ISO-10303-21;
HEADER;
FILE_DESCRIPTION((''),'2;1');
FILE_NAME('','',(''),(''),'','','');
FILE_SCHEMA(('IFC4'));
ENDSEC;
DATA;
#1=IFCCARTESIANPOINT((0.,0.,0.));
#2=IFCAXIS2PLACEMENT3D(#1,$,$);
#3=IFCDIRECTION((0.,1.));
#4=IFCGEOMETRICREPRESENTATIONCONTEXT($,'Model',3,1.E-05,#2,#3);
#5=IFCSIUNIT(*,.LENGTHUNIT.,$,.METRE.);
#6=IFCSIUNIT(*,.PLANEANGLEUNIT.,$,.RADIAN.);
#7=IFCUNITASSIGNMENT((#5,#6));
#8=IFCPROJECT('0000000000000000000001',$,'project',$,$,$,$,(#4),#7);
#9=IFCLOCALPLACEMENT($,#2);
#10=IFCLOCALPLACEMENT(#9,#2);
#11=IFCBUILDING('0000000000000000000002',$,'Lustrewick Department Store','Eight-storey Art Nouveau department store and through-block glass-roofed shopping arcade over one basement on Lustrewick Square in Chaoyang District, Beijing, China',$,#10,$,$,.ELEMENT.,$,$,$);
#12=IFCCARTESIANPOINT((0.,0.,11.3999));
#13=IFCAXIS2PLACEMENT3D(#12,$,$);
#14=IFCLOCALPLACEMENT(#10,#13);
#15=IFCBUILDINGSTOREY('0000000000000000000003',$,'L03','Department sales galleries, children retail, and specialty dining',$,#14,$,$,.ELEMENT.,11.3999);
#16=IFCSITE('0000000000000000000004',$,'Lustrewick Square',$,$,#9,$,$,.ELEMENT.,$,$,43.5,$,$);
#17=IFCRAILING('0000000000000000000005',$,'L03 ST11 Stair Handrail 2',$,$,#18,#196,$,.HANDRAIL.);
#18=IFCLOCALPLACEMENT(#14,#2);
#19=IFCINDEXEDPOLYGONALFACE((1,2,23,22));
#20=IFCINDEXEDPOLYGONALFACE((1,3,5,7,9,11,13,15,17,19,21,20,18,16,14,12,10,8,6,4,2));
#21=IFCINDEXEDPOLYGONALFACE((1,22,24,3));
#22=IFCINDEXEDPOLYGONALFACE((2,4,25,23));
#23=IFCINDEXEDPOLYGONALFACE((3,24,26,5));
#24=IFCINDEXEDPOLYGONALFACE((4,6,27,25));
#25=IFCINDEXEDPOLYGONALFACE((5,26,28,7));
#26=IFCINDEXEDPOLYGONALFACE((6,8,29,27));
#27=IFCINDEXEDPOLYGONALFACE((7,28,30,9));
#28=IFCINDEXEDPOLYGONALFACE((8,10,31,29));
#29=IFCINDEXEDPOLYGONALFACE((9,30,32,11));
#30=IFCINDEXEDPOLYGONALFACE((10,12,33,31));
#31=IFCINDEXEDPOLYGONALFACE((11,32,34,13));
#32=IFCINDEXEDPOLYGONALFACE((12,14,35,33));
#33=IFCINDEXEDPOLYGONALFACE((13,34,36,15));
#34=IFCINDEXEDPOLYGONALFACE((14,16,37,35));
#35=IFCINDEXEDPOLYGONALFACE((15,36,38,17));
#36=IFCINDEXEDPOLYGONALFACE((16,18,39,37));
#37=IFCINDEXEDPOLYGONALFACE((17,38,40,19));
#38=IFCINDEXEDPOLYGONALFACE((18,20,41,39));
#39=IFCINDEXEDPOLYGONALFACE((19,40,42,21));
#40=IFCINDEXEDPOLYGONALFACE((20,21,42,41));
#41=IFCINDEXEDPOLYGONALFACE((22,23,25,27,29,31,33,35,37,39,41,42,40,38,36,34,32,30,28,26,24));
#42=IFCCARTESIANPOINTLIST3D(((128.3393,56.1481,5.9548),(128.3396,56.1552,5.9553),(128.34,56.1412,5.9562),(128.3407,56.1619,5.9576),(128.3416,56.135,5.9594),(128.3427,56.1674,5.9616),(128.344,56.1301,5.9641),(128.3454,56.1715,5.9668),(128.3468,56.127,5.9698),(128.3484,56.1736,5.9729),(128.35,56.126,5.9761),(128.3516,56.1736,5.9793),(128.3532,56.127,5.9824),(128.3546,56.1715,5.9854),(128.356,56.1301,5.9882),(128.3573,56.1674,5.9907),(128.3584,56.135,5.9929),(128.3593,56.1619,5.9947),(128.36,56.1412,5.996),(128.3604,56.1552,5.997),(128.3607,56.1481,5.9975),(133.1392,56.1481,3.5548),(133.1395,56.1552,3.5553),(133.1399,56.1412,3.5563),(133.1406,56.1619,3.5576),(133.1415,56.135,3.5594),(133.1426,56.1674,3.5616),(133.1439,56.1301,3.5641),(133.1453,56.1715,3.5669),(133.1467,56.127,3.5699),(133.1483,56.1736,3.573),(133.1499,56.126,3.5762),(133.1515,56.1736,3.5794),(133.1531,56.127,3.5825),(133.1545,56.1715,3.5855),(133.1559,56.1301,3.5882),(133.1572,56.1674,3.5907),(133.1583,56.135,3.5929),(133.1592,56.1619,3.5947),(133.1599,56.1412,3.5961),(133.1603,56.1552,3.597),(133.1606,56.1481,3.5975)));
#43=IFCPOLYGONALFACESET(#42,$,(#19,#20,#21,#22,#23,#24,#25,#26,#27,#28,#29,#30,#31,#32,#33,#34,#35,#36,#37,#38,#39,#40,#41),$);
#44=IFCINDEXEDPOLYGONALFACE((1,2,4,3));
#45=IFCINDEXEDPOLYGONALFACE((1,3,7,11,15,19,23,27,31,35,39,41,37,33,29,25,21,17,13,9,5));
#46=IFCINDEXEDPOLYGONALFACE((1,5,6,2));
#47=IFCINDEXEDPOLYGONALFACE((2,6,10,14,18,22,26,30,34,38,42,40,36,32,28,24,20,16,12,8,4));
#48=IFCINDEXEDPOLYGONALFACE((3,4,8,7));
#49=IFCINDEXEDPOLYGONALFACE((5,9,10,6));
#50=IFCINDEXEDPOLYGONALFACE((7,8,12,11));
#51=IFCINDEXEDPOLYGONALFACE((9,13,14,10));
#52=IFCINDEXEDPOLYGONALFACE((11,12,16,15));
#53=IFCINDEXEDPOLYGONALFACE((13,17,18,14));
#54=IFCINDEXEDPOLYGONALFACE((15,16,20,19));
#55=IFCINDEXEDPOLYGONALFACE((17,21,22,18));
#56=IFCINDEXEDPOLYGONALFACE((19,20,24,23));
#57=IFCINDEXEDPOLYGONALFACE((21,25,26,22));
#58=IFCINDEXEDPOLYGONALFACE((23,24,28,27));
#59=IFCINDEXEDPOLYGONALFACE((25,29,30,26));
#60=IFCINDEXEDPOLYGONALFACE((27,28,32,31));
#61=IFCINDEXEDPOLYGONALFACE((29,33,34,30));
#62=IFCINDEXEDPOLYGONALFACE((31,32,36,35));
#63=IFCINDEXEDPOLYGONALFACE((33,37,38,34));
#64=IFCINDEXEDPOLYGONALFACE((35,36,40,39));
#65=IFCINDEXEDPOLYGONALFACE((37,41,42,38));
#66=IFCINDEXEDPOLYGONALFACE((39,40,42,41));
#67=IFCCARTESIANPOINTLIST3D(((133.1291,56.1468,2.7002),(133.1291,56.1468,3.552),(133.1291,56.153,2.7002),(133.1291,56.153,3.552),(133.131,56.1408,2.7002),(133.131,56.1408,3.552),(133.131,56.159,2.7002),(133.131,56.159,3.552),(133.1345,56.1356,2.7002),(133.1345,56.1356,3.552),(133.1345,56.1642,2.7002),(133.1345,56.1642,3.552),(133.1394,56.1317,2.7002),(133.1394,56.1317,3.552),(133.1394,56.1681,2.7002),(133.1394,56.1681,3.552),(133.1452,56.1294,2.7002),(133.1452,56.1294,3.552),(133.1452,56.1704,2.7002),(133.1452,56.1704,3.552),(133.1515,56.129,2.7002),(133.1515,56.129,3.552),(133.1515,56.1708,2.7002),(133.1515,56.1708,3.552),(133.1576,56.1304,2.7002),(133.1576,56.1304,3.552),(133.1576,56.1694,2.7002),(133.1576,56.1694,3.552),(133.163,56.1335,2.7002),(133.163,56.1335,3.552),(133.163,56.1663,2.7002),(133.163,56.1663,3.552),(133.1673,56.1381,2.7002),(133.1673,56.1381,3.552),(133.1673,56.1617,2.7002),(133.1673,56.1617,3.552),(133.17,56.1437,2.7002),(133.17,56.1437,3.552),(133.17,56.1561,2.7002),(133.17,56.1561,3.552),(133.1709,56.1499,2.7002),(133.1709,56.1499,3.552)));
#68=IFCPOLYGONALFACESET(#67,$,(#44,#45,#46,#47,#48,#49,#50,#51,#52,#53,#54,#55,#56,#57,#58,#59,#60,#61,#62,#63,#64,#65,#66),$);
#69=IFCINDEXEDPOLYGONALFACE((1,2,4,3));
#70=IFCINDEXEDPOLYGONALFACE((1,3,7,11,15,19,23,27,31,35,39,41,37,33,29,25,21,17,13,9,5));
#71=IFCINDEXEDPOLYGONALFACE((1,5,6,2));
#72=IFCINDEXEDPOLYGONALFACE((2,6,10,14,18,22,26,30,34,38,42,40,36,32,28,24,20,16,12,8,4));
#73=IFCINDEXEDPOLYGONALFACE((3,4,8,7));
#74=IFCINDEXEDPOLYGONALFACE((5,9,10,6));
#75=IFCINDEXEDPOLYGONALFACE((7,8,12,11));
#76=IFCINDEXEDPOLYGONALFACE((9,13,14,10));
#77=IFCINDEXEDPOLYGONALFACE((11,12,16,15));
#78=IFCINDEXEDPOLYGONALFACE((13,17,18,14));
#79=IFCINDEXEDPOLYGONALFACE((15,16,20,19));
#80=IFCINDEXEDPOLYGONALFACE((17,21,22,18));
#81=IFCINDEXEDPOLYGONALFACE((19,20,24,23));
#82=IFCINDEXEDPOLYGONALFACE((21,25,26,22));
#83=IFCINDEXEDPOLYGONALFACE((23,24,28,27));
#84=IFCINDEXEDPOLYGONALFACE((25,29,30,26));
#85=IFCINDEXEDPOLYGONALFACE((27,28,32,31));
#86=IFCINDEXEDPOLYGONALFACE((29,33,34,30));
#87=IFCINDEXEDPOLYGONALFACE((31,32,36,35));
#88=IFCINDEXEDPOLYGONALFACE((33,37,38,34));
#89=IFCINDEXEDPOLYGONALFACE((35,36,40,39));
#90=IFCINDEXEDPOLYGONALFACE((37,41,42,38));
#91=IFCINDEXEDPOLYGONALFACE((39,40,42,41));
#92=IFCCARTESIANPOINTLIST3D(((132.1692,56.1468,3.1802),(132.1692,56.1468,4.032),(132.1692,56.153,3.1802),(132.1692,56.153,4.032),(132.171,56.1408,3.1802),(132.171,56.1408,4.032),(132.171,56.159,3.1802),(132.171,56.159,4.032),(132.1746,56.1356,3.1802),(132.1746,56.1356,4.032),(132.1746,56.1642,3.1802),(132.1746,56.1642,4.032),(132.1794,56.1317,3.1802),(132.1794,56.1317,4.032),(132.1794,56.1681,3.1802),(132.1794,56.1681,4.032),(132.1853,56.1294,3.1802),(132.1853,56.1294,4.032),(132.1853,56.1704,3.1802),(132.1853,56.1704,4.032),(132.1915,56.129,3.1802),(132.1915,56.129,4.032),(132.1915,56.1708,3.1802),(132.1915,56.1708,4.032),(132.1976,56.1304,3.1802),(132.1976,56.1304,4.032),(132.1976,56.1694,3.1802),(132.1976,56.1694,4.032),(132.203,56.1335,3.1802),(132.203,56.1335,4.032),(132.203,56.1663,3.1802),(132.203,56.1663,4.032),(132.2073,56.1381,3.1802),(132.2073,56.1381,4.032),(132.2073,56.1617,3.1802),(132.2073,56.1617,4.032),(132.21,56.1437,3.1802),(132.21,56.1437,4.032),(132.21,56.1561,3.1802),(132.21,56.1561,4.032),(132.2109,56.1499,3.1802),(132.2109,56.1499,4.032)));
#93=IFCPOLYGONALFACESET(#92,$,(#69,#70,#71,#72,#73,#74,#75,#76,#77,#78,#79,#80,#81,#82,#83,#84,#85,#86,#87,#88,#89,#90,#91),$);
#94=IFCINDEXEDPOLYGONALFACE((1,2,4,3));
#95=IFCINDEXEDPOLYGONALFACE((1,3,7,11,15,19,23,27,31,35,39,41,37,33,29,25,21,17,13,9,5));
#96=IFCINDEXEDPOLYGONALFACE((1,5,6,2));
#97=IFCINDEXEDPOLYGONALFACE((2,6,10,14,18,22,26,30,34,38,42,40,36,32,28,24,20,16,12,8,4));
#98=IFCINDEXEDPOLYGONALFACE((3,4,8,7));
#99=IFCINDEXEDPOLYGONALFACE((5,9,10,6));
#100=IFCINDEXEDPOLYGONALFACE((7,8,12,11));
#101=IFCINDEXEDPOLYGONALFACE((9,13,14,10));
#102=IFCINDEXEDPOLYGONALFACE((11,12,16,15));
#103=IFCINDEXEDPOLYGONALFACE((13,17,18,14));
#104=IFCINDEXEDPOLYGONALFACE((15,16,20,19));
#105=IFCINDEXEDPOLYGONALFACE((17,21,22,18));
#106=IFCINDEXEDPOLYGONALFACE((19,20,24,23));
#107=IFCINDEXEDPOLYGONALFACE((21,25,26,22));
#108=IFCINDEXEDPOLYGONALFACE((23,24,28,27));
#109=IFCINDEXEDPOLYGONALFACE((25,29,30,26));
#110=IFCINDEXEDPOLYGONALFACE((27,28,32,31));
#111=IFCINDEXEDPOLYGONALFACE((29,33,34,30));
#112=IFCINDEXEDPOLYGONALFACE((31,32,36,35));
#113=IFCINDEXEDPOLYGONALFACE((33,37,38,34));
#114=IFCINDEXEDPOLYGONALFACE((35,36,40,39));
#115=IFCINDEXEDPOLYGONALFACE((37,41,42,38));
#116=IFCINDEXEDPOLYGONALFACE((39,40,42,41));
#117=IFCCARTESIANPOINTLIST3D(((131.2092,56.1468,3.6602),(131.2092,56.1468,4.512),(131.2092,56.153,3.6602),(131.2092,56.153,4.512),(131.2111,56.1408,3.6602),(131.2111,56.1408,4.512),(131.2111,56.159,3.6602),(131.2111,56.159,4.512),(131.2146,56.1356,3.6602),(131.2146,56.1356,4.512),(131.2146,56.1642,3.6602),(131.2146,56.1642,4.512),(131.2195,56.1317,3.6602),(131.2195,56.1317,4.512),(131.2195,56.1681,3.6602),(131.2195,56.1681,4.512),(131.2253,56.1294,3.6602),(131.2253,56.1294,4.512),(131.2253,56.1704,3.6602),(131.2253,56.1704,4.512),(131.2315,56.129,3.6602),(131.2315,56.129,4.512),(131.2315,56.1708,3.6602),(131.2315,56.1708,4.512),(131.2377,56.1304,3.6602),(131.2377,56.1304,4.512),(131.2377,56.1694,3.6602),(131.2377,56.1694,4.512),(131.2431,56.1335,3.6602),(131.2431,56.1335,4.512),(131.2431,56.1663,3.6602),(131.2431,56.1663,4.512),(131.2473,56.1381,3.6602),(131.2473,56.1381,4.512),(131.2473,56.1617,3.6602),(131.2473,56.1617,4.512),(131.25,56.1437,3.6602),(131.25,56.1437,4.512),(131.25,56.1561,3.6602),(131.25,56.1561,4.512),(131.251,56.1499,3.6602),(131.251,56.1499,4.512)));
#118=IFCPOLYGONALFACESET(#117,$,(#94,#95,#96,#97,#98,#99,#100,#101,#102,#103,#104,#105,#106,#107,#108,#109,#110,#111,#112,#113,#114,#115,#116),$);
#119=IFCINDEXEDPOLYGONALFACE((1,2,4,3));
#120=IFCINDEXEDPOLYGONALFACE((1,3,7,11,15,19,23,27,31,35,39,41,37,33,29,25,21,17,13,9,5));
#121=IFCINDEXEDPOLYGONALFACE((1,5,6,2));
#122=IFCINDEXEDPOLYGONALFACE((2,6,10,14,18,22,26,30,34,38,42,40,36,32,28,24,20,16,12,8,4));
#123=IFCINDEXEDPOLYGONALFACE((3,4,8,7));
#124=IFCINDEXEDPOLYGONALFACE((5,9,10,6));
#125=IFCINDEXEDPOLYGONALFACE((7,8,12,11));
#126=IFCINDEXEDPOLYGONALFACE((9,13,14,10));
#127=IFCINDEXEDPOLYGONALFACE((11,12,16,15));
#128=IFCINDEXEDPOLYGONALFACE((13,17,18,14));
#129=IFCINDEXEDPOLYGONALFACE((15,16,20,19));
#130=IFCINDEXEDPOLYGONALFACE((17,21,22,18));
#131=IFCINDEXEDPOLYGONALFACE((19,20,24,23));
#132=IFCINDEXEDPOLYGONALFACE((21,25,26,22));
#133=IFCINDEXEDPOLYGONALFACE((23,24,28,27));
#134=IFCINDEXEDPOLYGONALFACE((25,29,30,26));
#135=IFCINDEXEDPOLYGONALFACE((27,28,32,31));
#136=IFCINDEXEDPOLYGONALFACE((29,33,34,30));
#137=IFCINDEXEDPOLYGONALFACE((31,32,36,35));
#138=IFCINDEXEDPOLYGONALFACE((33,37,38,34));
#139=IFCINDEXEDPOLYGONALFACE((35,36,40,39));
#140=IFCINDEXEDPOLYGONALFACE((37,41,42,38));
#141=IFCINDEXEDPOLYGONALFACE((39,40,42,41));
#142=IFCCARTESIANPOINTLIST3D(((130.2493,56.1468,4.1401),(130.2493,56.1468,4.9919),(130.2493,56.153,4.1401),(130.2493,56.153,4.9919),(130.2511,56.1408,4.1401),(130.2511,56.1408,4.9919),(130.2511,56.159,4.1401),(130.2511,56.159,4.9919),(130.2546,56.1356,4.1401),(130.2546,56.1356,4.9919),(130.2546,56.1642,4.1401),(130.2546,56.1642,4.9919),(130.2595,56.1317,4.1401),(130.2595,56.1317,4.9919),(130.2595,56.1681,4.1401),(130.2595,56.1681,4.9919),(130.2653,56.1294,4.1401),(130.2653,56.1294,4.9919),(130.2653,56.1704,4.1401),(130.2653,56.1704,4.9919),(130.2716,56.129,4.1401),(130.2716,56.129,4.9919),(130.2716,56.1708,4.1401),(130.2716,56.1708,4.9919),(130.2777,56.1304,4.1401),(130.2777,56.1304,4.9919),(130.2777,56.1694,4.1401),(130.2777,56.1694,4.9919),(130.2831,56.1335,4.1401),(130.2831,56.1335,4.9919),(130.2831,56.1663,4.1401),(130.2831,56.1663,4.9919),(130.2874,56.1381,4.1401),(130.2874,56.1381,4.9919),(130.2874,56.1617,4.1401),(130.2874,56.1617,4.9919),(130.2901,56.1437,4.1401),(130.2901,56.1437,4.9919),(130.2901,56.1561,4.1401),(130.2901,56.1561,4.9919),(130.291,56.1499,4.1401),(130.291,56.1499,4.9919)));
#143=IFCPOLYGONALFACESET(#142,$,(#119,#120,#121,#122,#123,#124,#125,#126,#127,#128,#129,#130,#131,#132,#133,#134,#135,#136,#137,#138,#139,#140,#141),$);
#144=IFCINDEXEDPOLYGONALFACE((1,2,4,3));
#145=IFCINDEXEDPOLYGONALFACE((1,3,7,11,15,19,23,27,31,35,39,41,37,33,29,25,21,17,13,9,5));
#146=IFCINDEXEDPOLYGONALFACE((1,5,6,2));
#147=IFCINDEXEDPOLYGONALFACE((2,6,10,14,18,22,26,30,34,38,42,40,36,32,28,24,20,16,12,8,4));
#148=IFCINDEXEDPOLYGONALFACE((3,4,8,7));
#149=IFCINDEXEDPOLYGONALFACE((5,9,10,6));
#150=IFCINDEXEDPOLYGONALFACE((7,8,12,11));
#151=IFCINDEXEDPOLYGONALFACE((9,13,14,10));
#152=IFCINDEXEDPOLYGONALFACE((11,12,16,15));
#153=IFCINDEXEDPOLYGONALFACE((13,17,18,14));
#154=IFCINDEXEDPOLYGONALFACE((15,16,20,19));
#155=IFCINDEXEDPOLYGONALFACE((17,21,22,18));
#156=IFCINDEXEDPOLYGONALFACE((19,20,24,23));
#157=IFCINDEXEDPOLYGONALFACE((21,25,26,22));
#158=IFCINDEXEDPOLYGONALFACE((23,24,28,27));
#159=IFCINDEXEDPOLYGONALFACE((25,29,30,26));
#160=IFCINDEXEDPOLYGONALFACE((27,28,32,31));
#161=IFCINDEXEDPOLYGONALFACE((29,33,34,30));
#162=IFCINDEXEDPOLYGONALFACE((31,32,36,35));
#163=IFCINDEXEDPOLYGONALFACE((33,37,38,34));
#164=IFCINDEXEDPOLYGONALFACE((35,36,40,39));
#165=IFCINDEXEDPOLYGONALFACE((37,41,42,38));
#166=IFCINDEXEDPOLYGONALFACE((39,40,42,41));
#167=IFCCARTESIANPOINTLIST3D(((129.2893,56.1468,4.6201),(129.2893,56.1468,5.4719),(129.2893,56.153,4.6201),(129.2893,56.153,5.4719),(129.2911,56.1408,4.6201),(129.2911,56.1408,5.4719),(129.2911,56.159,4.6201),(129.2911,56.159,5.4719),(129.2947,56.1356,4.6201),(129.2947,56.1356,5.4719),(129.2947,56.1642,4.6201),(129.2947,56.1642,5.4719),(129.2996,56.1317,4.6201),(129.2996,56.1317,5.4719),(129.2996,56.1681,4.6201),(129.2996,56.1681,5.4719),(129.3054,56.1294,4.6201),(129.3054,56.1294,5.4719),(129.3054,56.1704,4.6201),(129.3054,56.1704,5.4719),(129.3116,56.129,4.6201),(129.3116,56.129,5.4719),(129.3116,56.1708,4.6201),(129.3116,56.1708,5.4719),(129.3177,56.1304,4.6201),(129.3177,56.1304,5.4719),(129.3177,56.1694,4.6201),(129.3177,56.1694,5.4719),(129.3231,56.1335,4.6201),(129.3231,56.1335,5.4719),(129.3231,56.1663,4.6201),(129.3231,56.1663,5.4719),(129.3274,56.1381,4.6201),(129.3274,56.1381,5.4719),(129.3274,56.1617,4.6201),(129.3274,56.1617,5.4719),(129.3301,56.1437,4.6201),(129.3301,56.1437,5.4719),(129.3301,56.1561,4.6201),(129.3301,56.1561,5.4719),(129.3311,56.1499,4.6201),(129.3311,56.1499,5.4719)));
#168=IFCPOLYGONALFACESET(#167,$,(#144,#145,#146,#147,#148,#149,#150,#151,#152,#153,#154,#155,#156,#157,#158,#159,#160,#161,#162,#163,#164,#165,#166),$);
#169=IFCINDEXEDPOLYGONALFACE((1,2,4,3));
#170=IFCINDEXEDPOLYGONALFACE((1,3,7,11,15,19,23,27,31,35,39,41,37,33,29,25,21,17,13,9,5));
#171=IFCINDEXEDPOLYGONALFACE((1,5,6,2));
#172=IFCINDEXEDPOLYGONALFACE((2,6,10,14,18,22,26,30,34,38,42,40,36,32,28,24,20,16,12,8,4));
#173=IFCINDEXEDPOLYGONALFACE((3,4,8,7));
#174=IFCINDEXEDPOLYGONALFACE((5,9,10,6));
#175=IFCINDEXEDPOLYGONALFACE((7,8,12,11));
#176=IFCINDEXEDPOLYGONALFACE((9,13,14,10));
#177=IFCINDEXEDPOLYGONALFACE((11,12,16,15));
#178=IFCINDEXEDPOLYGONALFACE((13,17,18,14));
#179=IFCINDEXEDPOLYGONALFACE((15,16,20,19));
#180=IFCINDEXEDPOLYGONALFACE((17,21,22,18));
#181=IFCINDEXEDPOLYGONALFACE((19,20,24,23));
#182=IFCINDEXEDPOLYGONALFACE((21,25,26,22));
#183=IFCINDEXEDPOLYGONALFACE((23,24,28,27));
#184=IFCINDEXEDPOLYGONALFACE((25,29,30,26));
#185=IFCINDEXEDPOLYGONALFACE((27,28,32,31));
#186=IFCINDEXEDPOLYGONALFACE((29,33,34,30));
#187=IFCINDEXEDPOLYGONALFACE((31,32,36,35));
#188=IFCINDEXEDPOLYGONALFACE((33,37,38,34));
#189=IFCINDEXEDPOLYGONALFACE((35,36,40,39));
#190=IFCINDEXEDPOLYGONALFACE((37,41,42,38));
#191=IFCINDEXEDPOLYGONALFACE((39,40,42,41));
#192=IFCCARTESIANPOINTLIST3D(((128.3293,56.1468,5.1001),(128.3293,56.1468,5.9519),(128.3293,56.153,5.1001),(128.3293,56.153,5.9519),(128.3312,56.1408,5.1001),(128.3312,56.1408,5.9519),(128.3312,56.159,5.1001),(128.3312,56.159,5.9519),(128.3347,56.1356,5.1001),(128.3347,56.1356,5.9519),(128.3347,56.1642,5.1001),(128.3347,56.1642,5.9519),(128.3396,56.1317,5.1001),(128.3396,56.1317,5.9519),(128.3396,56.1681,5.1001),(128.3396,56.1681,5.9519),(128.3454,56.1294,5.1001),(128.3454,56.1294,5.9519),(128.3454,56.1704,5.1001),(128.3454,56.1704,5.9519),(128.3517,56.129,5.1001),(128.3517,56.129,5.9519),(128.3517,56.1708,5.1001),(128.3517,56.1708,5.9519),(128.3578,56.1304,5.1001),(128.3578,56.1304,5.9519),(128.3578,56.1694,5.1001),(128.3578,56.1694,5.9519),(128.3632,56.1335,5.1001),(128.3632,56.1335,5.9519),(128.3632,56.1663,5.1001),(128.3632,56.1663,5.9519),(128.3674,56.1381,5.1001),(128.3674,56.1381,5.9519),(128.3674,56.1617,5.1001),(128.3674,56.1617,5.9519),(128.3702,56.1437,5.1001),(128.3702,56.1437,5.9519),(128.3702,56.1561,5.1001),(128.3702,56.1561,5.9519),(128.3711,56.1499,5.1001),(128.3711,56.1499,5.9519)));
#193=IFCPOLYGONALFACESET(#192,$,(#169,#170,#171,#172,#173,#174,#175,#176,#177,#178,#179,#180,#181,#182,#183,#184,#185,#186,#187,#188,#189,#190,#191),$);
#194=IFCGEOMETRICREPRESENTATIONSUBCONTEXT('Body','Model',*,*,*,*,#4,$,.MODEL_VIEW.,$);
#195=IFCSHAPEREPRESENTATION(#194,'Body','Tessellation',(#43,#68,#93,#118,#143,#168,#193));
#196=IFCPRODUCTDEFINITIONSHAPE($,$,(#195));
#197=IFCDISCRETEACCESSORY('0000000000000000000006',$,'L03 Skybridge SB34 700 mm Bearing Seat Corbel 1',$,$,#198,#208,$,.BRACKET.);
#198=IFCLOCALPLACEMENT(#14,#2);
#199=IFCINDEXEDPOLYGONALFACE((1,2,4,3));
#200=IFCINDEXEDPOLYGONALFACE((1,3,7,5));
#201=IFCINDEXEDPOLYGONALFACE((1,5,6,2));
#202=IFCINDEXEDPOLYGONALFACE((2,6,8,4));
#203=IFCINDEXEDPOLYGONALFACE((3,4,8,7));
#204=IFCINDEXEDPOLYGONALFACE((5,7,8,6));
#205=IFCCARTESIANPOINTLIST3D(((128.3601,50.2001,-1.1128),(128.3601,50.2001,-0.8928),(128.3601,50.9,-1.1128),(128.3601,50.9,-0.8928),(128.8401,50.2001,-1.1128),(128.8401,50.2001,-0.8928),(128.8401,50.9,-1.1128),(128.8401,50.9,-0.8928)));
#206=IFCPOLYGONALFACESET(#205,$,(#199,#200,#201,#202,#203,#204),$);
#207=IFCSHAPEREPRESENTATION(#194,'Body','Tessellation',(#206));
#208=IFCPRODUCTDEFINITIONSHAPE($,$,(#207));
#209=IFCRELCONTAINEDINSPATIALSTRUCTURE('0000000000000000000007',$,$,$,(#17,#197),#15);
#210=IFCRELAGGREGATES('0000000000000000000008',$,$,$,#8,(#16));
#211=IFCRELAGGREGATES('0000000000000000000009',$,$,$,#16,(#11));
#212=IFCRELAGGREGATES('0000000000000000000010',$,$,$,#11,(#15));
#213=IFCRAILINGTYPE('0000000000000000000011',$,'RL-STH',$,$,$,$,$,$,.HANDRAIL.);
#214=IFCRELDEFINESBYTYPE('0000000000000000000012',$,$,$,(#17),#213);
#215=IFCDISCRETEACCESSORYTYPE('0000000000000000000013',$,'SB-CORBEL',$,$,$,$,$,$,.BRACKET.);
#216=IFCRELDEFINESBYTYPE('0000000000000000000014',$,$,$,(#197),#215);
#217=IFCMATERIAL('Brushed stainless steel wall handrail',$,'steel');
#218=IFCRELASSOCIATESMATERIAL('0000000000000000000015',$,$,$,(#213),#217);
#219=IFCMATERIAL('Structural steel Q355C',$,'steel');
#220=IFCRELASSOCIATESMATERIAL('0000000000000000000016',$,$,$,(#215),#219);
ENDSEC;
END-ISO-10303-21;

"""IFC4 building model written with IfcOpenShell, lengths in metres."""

from ifc_helpers import new_model, si_unit, direction, frame, origin, origin_2d, place, context, subcontext, project, spatial, rectangle, circle, extrude, material, type_object, element, save


model = new_model("IFC4")

# Units and contexts
model_context = context("Model", 3, precision=1e-05, world=origin(), true_north=direction((0.0, 1.0)))
body_context = subcontext(model_context, "Body", "Model", "MODEL_VIEW")
ifc_project = project(units=[si_unit("LENGTHUNIT", "METRE"), si_unit("PLANEANGLEUNIT", "RADIAN")], contexts=[model_context])

# Site, building, storey
site_placement = place(None, origin())
site = spatial("IfcSite", under=ifc_project, at=site_placement, Name="Lustrewick Square", CompositionType="ELEMENT", RefElevation=43.5)
building_placement = place(site_placement, origin())
building = spatial("IfcBuilding", under=site, at=building_placement, Name="Lustrewick Department Store", Description="Eight-storey Art Nouveau department store and through-block glass-roofed shopping arcade over one basement on Lustrewick Square in Chaoyang District, Beijing, China", CompositionType="ELEMENT")
storey_placement = place(building_placement, frame((0.0, 0.0, 11.3999)))
storey = spatial("IfcBuildingStorey", under=building, at=storey_placement, Name="L03", Description="Department sales galleries, children retail, and specialty dining", CompositionType="ELEMENT", Elevation=11.3999)

# Shared definitions
ifc_material_1 = material(Name="Structural steel Q355C", Category="steel")

# Railing
ifc_material_2 = material(Name="Brushed stainless steel wall handrail", Category="steel")
railing_type_1 = type_object("IfcRailingType", Name="RL-STH", PredefinedType="HANDRAIL", material=ifc_material_2)
railing_1_placement = place(storey_placement, frame((133.1499, 56.1499, 2.7002)))
element("IfcRailing", 1, at=railing_1_placement, inside=storey, type_object=railing_type_1, Name="L03 ST11 Stair Handrail 2", PredefinedType="HANDRAIL", context=body_context, shape_type="SweptSolid", body=[
    extrude(circle(Radius=0.0239, at=origin_2d()), frame((0.0, 0.0, 0.876), z_axis=(-0.894427, 0.0, 0.447214), x_axis=(0.0, -1.0, 0.0)), (0.0, 0.0, 1.0), 5.3665),
    extrude(circle(Radius=0.021, at=origin_2d()), origin(), (0.0, 0.0, 1.0), 0.8518),
    extrude(circle(Radius=0.021, at=origin_2d()), frame((-0.96, 0.0, 0.48)), (0.0, 0.0, 1.0), 0.8518),
    extrude(circle(Radius=0.021, at=origin_2d()), frame((-1.9199, 0.0, 0.96)), (0.0, 0.0, 1.0), 0.8518),
    extrude(circle(Radius=0.021, at=origin_2d()), frame((-2.8799, 0.0, 1.4399)), (0.0, 0.0, 1.0), 0.8518),
    extrude(circle(Radius=0.021, at=origin_2d()), frame((-3.8398, 0.0, 1.9199)), (0.0, 0.0, 1.0), 0.8518),
    extrude(circle(Radius=0.021, at=origin_2d()), frame((-4.7998, 0.0, 2.3999)), (0.0, 0.0, 1.0), 0.8518),
])

# Discrete accessory
discrete_accessory_type_1 = type_object("IfcDiscreteAccessoryType", Name="SB-CORBEL", PredefinedType="BRACKET", material=ifc_material_1)
for number, where, z_axis, x_axis, name in (
    (2, (128.6001, 50.55, -1.1128), (0.0, 0.0, 1.0), (1.0, 0.0, 0.0), "L03 Skybridge SB34 700 mm Bearing Seat Corbel 1"),
):
    element("IfcDiscreteAccessory", number, at=place(storey_placement, frame(where, z_axis=z_axis, x_axis=x_axis)), inside=storey, type_object=discrete_accessory_type_1, Name=name, PredefinedType="BRACKET", context=body_context, shape_type="SweptSolid", body=[
        extrude(rectangle(XDim=0.48, YDim=0.7, at=origin_2d()), origin(), (0.0, 0.0, 1.0), 0.22),
    ])

save(model, "model.ifc")
